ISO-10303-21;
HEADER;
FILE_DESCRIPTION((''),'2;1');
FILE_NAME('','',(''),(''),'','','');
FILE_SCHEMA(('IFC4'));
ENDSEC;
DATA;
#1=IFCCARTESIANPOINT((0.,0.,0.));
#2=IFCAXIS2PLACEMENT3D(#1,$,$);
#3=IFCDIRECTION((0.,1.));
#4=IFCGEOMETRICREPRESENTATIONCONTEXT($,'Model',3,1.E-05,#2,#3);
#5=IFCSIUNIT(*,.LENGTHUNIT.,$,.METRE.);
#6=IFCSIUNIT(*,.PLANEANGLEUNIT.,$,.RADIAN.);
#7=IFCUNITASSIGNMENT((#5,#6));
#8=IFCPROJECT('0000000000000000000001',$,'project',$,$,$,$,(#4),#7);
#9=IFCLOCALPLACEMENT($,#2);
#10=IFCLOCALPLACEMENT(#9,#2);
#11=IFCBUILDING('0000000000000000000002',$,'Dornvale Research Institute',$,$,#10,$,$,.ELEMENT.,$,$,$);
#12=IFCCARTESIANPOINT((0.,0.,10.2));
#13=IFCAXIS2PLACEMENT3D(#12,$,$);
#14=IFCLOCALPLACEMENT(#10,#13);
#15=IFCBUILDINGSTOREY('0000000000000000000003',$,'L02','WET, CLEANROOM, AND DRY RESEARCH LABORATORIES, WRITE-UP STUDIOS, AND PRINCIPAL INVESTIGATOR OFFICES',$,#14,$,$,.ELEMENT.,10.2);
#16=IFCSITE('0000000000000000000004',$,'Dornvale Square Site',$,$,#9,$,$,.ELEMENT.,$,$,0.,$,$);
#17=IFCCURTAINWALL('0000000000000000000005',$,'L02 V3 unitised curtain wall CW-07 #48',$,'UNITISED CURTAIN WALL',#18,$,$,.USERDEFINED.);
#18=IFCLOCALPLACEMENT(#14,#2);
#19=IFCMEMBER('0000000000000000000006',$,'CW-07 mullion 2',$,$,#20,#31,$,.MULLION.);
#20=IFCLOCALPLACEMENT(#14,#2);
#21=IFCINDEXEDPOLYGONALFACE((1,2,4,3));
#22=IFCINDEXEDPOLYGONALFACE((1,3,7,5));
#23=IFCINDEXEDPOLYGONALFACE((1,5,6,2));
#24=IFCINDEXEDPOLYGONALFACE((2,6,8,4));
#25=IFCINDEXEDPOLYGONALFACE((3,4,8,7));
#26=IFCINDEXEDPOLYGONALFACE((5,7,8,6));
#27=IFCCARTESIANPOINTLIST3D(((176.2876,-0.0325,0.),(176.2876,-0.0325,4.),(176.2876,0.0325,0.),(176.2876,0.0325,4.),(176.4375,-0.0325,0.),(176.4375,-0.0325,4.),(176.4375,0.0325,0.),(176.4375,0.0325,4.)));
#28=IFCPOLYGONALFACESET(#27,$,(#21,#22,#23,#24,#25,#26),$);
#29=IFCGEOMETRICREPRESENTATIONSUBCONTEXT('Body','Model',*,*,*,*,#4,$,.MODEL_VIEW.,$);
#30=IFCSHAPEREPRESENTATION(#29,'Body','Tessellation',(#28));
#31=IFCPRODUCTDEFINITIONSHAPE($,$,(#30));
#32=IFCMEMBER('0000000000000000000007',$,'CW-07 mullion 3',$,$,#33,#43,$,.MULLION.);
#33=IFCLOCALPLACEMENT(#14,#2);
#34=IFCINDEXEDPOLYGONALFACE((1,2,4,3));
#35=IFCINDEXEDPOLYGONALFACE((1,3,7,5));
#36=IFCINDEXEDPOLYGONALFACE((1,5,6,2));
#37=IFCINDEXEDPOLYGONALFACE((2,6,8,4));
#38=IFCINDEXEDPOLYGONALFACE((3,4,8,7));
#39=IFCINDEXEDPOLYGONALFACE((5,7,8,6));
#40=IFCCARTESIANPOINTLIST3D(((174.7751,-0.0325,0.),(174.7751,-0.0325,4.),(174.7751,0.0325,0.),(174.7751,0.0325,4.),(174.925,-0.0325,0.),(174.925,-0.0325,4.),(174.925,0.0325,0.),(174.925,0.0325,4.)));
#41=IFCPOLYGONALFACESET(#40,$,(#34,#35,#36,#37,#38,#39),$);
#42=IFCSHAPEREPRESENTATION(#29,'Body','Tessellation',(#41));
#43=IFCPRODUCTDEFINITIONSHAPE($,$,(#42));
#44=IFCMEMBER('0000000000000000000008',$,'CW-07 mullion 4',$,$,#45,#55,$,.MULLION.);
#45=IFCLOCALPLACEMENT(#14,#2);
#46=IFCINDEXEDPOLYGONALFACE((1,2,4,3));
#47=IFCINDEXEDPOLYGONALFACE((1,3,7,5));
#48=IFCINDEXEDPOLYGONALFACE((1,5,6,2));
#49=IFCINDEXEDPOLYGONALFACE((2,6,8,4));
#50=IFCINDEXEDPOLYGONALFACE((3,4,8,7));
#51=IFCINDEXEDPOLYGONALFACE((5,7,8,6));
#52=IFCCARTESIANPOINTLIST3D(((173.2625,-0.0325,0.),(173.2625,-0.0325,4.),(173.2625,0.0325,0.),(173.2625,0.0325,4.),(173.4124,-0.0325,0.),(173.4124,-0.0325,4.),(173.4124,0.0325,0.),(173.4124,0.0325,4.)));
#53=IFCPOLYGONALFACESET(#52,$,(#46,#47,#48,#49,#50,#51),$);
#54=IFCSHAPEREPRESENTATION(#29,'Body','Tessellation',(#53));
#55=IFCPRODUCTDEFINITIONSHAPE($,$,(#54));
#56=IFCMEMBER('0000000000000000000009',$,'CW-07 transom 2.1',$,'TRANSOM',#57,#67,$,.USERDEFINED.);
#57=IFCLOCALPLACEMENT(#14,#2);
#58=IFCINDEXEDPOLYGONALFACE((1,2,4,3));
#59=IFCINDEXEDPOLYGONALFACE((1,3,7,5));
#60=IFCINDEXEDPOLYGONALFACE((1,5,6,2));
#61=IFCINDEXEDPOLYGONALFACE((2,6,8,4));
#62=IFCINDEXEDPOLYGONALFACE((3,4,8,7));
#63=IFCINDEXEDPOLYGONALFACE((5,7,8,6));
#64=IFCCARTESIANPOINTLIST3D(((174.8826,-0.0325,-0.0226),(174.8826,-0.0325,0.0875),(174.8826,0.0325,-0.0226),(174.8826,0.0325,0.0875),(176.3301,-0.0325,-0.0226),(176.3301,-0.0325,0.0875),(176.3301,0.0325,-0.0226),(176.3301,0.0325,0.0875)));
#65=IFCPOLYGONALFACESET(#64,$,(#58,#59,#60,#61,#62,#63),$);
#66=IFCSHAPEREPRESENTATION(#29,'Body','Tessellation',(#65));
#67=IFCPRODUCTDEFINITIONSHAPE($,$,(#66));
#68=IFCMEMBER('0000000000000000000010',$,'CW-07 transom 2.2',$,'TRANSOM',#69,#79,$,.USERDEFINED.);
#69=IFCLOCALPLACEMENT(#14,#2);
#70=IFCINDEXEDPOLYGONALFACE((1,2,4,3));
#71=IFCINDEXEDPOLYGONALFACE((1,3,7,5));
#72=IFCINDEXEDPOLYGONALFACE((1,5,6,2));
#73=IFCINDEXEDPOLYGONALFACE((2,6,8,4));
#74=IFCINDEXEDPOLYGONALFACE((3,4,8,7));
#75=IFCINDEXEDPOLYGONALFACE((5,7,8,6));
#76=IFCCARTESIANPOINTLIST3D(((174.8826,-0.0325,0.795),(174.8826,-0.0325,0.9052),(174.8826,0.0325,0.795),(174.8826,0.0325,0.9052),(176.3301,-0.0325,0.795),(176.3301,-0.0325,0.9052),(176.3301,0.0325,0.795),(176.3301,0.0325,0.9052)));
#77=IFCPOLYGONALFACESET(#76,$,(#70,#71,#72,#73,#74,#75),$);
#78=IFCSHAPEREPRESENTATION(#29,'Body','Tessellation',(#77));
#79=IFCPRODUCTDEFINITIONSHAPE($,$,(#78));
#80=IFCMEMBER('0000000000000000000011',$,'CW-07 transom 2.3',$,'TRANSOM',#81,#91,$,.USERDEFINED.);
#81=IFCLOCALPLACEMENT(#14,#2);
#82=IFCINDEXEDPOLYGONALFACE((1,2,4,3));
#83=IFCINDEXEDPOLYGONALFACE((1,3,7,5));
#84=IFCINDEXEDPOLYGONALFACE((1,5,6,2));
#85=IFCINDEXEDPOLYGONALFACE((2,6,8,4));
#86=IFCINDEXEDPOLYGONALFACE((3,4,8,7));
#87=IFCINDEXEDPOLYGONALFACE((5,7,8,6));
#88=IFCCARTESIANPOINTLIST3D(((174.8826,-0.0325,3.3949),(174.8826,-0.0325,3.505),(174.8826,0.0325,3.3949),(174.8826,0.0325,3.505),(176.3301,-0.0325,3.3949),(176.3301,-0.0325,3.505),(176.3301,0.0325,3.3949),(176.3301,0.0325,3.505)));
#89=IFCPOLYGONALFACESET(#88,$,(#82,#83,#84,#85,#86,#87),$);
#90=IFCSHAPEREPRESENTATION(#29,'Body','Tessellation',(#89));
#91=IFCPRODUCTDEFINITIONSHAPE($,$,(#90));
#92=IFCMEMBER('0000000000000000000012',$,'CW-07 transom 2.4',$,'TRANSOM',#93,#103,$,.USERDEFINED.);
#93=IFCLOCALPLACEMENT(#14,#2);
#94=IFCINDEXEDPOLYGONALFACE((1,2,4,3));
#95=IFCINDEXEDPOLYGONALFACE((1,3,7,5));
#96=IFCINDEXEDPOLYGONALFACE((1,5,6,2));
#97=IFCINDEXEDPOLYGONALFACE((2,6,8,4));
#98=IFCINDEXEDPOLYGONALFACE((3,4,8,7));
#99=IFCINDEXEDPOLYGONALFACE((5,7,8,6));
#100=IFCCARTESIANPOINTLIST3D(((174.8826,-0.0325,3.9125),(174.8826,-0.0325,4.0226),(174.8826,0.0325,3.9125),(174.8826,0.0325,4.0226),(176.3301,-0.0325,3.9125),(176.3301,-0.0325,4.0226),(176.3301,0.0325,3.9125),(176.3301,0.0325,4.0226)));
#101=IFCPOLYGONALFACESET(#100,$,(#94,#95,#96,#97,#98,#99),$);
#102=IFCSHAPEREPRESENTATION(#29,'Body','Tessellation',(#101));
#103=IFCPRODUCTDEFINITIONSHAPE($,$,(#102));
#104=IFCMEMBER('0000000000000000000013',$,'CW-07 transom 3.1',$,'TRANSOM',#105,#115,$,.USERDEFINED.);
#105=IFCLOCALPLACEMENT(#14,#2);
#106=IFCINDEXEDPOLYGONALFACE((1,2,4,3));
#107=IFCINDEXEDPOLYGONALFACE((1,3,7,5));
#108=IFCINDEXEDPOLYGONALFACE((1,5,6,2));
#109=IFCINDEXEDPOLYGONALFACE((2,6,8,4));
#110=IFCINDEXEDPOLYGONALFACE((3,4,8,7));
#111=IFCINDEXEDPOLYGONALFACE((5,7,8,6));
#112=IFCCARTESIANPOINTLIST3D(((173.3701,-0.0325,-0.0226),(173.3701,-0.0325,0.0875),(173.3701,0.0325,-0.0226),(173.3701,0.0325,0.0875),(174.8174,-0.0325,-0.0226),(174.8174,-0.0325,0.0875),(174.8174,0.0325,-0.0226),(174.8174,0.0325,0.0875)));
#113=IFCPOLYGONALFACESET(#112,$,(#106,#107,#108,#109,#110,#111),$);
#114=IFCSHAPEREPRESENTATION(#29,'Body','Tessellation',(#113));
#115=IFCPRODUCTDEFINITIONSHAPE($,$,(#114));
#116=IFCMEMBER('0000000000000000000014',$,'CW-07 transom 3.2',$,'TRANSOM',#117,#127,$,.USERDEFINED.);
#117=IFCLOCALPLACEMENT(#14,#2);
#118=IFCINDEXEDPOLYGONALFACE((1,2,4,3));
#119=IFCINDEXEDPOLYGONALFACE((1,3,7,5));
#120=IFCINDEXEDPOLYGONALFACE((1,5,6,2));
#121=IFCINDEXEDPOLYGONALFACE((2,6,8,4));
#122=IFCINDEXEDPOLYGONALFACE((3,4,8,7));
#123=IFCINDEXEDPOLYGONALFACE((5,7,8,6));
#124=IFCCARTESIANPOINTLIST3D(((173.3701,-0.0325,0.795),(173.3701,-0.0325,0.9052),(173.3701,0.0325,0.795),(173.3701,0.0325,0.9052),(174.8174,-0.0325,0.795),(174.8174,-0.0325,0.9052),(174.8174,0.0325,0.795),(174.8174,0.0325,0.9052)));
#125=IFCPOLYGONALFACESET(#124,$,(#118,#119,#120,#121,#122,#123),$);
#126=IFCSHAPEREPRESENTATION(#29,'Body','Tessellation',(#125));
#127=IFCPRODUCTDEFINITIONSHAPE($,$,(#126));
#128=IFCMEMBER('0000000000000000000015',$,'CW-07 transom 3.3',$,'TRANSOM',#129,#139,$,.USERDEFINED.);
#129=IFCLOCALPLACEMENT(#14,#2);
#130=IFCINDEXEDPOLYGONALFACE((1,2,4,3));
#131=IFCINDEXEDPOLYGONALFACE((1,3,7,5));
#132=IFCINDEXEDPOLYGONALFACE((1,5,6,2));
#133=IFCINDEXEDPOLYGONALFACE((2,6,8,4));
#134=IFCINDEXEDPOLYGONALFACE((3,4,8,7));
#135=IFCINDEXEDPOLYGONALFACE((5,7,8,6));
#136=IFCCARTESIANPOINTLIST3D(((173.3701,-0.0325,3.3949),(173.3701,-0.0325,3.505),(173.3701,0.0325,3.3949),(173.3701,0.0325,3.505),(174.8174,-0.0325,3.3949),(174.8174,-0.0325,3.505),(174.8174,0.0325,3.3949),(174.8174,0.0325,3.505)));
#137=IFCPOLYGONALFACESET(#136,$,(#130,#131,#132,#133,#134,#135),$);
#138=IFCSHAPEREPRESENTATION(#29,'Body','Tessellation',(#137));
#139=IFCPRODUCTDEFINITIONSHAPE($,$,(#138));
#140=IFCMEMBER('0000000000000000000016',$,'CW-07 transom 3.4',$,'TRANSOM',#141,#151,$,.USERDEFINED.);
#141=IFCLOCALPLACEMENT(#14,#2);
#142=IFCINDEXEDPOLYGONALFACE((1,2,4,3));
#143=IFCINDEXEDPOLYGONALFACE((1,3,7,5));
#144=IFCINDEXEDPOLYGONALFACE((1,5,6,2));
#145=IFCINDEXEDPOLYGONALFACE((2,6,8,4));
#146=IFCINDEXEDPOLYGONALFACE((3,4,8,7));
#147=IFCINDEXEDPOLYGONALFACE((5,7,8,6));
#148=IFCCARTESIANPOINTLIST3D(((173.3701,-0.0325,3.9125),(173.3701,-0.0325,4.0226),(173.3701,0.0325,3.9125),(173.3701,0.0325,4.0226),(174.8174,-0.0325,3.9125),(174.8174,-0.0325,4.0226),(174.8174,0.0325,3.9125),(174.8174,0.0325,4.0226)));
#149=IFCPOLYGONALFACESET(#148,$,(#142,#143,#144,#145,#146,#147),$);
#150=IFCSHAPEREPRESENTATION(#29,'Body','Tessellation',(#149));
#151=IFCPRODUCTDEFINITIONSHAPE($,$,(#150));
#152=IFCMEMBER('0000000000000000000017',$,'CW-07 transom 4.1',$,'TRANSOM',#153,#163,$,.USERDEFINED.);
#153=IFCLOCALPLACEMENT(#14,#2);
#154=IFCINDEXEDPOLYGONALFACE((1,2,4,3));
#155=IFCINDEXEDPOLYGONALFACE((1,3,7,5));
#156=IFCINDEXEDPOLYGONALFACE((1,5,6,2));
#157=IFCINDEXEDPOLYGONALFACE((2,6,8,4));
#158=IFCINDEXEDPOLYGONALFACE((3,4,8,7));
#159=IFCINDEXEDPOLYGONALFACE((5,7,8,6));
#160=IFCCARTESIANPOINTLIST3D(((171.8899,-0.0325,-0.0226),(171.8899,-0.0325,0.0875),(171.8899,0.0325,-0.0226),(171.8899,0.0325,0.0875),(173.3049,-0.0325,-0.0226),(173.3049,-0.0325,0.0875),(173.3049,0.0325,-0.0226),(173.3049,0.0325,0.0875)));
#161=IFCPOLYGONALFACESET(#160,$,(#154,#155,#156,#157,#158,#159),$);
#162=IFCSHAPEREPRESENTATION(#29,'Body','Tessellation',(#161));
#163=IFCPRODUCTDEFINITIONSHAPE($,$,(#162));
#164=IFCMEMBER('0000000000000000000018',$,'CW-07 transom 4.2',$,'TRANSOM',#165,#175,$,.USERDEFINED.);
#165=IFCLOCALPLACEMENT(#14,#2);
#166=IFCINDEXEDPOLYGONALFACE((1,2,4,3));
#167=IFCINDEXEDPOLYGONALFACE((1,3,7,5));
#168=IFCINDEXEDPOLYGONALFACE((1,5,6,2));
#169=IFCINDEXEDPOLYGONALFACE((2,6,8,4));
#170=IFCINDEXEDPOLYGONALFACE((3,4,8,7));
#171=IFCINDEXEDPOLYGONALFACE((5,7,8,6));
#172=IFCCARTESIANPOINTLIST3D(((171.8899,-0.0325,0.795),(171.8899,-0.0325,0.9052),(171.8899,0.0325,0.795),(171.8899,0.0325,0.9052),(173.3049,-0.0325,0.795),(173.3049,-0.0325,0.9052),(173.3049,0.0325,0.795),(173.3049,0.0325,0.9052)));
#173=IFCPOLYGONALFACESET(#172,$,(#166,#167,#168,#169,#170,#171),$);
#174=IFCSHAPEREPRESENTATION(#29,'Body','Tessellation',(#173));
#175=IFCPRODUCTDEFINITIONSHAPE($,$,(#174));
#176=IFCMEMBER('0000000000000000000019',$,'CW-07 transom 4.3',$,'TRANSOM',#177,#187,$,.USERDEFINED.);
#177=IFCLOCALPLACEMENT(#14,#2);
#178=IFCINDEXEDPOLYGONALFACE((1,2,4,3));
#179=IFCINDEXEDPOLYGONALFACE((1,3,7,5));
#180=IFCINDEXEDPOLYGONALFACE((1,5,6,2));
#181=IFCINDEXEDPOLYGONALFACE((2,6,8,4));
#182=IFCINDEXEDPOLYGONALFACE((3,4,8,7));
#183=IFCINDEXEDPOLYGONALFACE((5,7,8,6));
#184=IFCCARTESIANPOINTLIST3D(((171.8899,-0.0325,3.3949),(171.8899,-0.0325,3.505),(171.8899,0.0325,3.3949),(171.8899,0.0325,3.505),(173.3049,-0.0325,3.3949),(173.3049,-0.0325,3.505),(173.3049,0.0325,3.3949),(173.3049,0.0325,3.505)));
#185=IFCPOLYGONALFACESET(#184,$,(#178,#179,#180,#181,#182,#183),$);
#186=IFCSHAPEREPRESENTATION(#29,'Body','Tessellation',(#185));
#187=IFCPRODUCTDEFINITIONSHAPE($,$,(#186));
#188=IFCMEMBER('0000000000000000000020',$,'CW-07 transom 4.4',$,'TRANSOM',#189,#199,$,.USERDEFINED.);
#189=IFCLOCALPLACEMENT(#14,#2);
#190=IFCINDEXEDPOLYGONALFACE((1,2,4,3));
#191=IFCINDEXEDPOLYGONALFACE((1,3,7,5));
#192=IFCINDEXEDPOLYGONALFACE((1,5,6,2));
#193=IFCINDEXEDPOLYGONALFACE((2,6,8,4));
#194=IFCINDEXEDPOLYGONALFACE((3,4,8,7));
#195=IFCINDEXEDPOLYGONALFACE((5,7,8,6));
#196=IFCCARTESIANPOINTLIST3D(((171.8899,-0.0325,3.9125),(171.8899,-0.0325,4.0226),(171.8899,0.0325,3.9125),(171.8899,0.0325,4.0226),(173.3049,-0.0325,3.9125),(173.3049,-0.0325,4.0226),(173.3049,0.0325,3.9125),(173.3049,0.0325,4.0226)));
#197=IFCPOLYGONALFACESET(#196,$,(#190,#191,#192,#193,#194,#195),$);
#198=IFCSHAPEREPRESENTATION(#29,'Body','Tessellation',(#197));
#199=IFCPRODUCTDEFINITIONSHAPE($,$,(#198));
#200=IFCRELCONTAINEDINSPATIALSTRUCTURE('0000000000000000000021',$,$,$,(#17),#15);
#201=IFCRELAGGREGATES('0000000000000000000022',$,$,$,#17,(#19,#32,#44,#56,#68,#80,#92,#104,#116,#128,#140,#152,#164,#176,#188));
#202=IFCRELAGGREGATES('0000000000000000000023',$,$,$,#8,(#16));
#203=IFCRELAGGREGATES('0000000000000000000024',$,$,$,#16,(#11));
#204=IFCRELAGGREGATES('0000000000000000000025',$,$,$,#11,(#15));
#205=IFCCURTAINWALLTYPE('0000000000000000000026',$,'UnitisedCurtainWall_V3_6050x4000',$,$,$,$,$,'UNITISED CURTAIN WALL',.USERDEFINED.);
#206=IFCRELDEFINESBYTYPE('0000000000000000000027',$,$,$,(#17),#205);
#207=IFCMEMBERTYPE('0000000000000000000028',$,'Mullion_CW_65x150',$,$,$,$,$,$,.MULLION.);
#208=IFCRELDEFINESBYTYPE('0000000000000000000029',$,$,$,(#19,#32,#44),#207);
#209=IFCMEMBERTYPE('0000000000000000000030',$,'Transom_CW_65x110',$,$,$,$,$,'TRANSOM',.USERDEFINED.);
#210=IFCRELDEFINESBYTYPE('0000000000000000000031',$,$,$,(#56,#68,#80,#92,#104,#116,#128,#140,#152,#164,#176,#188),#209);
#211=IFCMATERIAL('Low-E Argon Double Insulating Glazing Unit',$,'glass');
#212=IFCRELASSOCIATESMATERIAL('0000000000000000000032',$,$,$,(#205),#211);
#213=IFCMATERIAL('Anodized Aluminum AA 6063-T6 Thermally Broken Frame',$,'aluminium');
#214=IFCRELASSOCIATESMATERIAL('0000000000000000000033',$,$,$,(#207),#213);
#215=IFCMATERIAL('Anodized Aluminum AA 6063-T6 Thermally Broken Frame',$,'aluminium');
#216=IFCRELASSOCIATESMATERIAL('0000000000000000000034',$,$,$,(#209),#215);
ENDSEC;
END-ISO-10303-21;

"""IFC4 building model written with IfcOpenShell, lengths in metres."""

from ifc_helpers import new_model, si_unit, direction, frame, origin, origin_2d, place, context, subcontext, project, spatial, rectangle, extrude, material, material_profile, profile_set, type_object, element, aggregate, save


model = new_model("IFC4")

# Units and contexts
model_context = context("Model", 3, precision=1e-05, world=origin(), true_north=direction((0.0, 1.0)))
body_context = subcontext(model_context, "Body", "Model", "MODEL_VIEW")
ifc_project = project(units=[si_unit("LENGTHUNIT", "METRE"), si_unit("PLANEANGLEUNIT", "RADIAN")], contexts=[model_context])

# Site, building, storey
site_placement = place(None, origin())
site = spatial("IfcSite", under=ifc_project, at=site_placement, Name="Dornvale Square Site", CompositionType="ELEMENT", RefElevation=0.0)
building_placement = place(site_placement, origin())
building = spatial("IfcBuilding", under=site, at=building_placement, Name="Dornvale Research Institute", CompositionType="ELEMENT")
storey_placement = place(building_placement, frame((0.0, 0.0, 10.2)))
storey = spatial("IfcBuildingStorey", under=building, at=storey_placement, Name="L02", Description="WET, CLEANROOM, AND DRY RESEARCH LABORATORIES, WRITE-UP STUDIOS, AND PRINCIPAL INVESTIGATOR OFFICES", CompositionType="ELEMENT", Elevation=10.2)

# Curtain wall, members
ifc_material_1 = material(Name="Low-E Argon Double Insulating Glazing Unit", Category="glass")
curtain_wall_type = type_object("IfcCurtainWallType", Name="UnitisedCurtainWall_V3_6050x4000", ElementType="UNITISED CURTAIN WALL", PredefinedType="USERDEFINED", material=ifc_material_1)
curtain_wall_placement = place(storey_placement, origin())
curtain_wall = element("IfcCurtainWall", 1, at=curtain_wall_placement, inside=storey, type_object=curtain_wall_type, Name="L02 V3 unitised curtain wall CW-07 #48", ObjectType="UNITISED CURTAIN WALL", PredefinedType="USERDEFINED")
ifc_material_2 = material(Name="Anodized Aluminum AA 6063-T6 Thermally Broken Frame", Category="aluminium")
ifc_material_profile_1 = material_profile(ifc_material_2, rectangle(XDim=0.0649, YDim=0.1499, at=origin_2d()), Name="ALU MULLION 65x150")
ifc_profile_set_1 = profile_set([ifc_material_profile_1], Name="Anodized Aluminum AA 6063-T6 Thermally Broken Frame")
member_type_1 = type_object("IfcMemberType", Name="Mullion_CW_65x150", PredefinedType="MULLION", material=ifc_profile_set_1)
member_1_placement = place(storey_placement, frame((176.3625, 0.0, 0.0), z_axis=(0.0, 0.0, 1.0), x_axis=(0.0, -1.0, 0.0)))
member_1 = element("IfcMember", 2, at=member_1_placement, type_object=member_type_1, Name="CW-07 mullion 2", PredefinedType="MULLION", context=body_context, shape_type="SweptSolid", body=[
    extrude(rectangle(XDim=0.0649, YDim=0.1499, at=origin_2d()), origin(), (0.0, 0.0, 1.0), 4.0),
])
member_2_placement = place(storey_placement, frame((174.8501, 0.0, 0.0), z_axis=(0.0, 0.0, 1.0), x_axis=(0.0, -1.0, 0.0)))
member_2 = element("IfcMember", 3, at=member_2_placement, type_object=member_type_1, Name="CW-07 mullion 3", PredefinedType="MULLION", context=body_context, shape_type="SweptSolid", body=[
    extrude(rectangle(XDim=0.0649, YDim=0.1499, at=origin_2d()), origin(), (0.0, 0.0, 1.0), 4.0),
])
member_3_placement = place(storey_placement, frame((173.3374, 0.0, 0.0), z_axis=(0.0, 0.0, 1.0), x_axis=(0.0, -1.0, 0.0)))
member_3 = element("IfcMember", 4, at=member_3_placement, type_object=member_type_1, Name="CW-07 mullion 4", PredefinedType="MULLION", context=body_context, shape_type="SweptSolid", body=[
    extrude(rectangle(XDim=0.0649, YDim=0.1499, at=origin_2d()), origin(), (0.0, 0.0, 1.0), 4.0),
])
ifc_material_3 = material(Name="Anodized Aluminum AA 6063-T6 Thermally Broken Frame", Category="aluminium")
ifc_material_profile_2 = material_profile(ifc_material_3, rectangle(XDim=0.0649, YDim=0.1101, at=origin_2d()), Name="ALU TRANSOM 65x110")
ifc_profile_set_2 = profile_set([ifc_material_profile_2], Name="Anodized Aluminum AA 6063-T6 Thermally Broken Frame")
member_type_2 = type_object("IfcMemberType", Name="Transom_CW_65x110", ElementType="TRANSOM", PredefinedType="USERDEFINED", material=ifc_profile_set_2)
member_4_placement = place(storey_placement, frame((176.3301, 0.0, 0.0325), z_axis=(-1.0, 0.0, 0.0), x_axis=(0.0, -1.0, 0.0)))
member_4 = element("IfcMember", 5, at=member_4_placement, type_object=member_type_2, Name="CW-07 transom 2.1", ObjectType="TRANSOM", PredefinedType="USERDEFINED", context=body_context, shape_type="SweptSolid", body=[
    extrude(rectangle(XDim=0.0649, YDim=0.1101, at=origin_2d()), origin(), (0.0, 0.0, 1.0), 1.4475),
])
member_5_placement = place(storey_placement, frame((176.3301, 0.0, 0.8501), z_axis=(-1.0, 0.0, 0.0), x_axis=(0.0, -1.0, 0.0)))
member_5 = element("IfcMember", 6, at=member_5_placement, type_object=member_type_2, Name="CW-07 transom 2.2", ObjectType="TRANSOM", PredefinedType="USERDEFINED", context=body_context, shape_type="SweptSolid", body=[
    extrude(rectangle(XDim=0.0649, YDim=0.1101, at=origin_2d()), origin(), (0.0, 0.0, 1.0), 1.4475),
])
member_6_placement = place(storey_placement, frame((176.3301, 0.0, 3.45), z_axis=(-1.0, 0.0, 0.0), x_axis=(0.0, -1.0, 0.0)))
member_6 = element("IfcMember", 7, at=member_6_placement, type_object=member_type_2, Name="CW-07 transom 2.3", ObjectType="TRANSOM", PredefinedType="USERDEFINED", context=body_context, shape_type="SweptSolid", body=[
    extrude(rectangle(XDim=0.0649, YDim=0.1101, at=origin_2d()), origin(), (0.0, 0.0, 1.0), 1.4475),
])
member_7_placement = place(storey_placement, frame((176.3301, 0.0, 3.9675), z_axis=(-1.0, 0.0, 0.0), x_axis=(0.0, -1.0, 0.0)))
member_7 = element("IfcMember", 8, at=member_7_placement, type_object=member_type_2, Name="CW-07 transom 2.4", ObjectType="TRANSOM", PredefinedType="USERDEFINED", context=body_context, shape_type="SweptSolid", body=[
    extrude(rectangle(XDim=0.0649, YDim=0.1101, at=origin_2d()), origin(), (0.0, 0.0, 1.0), 1.4475),
])
member_8_placement = place(storey_placement, frame((174.8174, 0.0, 0.0325), z_axis=(-1.0, 0.0, 0.0), x_axis=(0.0, -1.0, 0.0)))
member_8 = element("IfcMember", 9, at=member_8_placement, type_object=member_type_2, Name="CW-07 transom 3.1", ObjectType="TRANSOM", PredefinedType="USERDEFINED", context=body_context, shape_type="SweptSolid", body=[
    extrude(rectangle(XDim=0.0649, YDim=0.1101, at=origin_2d()), origin(), (0.0, 0.0, 1.0), 1.4473),
])
member_9_placement = place(storey_placement, frame((174.8174, 0.0, 0.8501), z_axis=(-1.0, 0.0, 0.0), x_axis=(0.0, -1.0, 0.0)))
member_9 = element("IfcMember", 10, at=member_9_placement, type_object=member_type_2, Name="CW-07 transom 3.2", ObjectType="TRANSOM", PredefinedType="USERDEFINED", context=body_context, shape_type="SweptSolid", body=[
    extrude(rectangle(XDim=0.0649, YDim=0.1101, at=origin_2d()), origin(), (0.0, 0.0, 1.0), 1.4473),
])
member_10_placement = place(storey_placement, frame((174.8174, 0.0, 3.45), z_axis=(-1.0, 0.0, 0.0), x_axis=(0.0, -1.0, 0.0)))
member_10 = element("IfcMember", 11, at=member_10_placement, type_object=member_type_2, Name="CW-07 transom 3.3", ObjectType="TRANSOM", PredefinedType="USERDEFINED", context=body_context, shape_type="SweptSolid", body=[
    extrude(rectangle(XDim=0.0649, YDim=0.1101, at=origin_2d()), origin(), (0.0, 0.0, 1.0), 1.4473),
])
member_11_placement = place(storey_placement, frame((174.8174, 0.0, 3.9675), z_axis=(-1.0, 0.0, 0.0), x_axis=(0.0, -1.0, 0.0)))
member_11 = element("IfcMember", 12, at=member_11_placement, type_object=member_type_2, Name="CW-07 transom 3.4", ObjectType="TRANSOM", PredefinedType="USERDEFINED", context=body_context, shape_type="SweptSolid", body=[
    extrude(rectangle(XDim=0.0649, YDim=0.1101, at=origin_2d()), origin(), (0.0, 0.0, 1.0), 1.4473),
])
member_12_placement = place(storey_placement, frame((173.3049, 0.0, 0.0325), z_axis=(-1.0, 0.0, 0.0), x_axis=(0.0, -1.0, 0.0)))
member_12 = element("IfcMember", 13, at=member_12_placement, type_object=member_type_2, Name="CW-07 transom 4.1", ObjectType="TRANSOM", PredefinedType="USERDEFINED", context=body_context, shape_type="SweptSolid", body=[
    extrude(rectangle(XDim=0.0649, YDim=0.1101, at=origin_2d()), origin(), (0.0, 0.0, 1.0), 1.415),
])
member_13_placement = place(storey_placement, frame((173.3049, 0.0, 0.8501), z_axis=(-1.0, 0.0, 0.0), x_axis=(0.0, -1.0, 0.0)))
member_13 = element("IfcMember", 14, at=member_13_placement, type_object=member_type_2, Name="CW-07 transom 4.2", ObjectType="TRANSOM", PredefinedType="USERDEFINED", context=body_context, shape_type="SweptSolid", body=[
    extrude(rectangle(XDim=0.0649, YDim=0.1101, at=origin_2d()), origin(), (0.0, 0.0, 1.0), 1.415),
])
member_14_placement = place(storey_placement, frame((173.3049, 0.0, 3.45), z_axis=(-1.0, 0.0, 0.0), x_axis=(0.0, -1.0, 0.0)))
member_14 = element("IfcMember", 15, at=member_14_placement, type_object=member_type_2, Name="CW-07 transom 4.3", ObjectType="TRANSOM", PredefinedType="USERDEFINED", context=body_context, shape_type="SweptSolid", body=[
    extrude(rectangle(XDim=0.0649, YDim=0.1101, at=origin_2d()), origin(), (0.0, 0.0, 1.0), 1.415),
])
member_15_placement = place(storey_placement, frame((173.3049, 0.0, 3.9675), z_axis=(-1.0, 0.0, 0.0), x_axis=(0.0, -1.0, 0.0)))
member_15 = element("IfcMember", 16, at=member_15_placement, type_object=member_type_2, Name="CW-07 transom 4.4", ObjectType="TRANSOM", PredefinedType="USERDEFINED", context=body_context, shape_type="SweptSolid", body=[
    extrude(rectangle(XDim=0.0649, YDim=0.1101, at=origin_2d()), origin(), (0.0, 0.0, 1.0), 1.415),
])
aggregate(curtain_wall, [member_1, member_2, member_3, member_4, member_5, member_6, member_7, member_8, member_9, member_10, member_11, member_12, member_13, member_14, member_15])

save(model, "model.ifc")
